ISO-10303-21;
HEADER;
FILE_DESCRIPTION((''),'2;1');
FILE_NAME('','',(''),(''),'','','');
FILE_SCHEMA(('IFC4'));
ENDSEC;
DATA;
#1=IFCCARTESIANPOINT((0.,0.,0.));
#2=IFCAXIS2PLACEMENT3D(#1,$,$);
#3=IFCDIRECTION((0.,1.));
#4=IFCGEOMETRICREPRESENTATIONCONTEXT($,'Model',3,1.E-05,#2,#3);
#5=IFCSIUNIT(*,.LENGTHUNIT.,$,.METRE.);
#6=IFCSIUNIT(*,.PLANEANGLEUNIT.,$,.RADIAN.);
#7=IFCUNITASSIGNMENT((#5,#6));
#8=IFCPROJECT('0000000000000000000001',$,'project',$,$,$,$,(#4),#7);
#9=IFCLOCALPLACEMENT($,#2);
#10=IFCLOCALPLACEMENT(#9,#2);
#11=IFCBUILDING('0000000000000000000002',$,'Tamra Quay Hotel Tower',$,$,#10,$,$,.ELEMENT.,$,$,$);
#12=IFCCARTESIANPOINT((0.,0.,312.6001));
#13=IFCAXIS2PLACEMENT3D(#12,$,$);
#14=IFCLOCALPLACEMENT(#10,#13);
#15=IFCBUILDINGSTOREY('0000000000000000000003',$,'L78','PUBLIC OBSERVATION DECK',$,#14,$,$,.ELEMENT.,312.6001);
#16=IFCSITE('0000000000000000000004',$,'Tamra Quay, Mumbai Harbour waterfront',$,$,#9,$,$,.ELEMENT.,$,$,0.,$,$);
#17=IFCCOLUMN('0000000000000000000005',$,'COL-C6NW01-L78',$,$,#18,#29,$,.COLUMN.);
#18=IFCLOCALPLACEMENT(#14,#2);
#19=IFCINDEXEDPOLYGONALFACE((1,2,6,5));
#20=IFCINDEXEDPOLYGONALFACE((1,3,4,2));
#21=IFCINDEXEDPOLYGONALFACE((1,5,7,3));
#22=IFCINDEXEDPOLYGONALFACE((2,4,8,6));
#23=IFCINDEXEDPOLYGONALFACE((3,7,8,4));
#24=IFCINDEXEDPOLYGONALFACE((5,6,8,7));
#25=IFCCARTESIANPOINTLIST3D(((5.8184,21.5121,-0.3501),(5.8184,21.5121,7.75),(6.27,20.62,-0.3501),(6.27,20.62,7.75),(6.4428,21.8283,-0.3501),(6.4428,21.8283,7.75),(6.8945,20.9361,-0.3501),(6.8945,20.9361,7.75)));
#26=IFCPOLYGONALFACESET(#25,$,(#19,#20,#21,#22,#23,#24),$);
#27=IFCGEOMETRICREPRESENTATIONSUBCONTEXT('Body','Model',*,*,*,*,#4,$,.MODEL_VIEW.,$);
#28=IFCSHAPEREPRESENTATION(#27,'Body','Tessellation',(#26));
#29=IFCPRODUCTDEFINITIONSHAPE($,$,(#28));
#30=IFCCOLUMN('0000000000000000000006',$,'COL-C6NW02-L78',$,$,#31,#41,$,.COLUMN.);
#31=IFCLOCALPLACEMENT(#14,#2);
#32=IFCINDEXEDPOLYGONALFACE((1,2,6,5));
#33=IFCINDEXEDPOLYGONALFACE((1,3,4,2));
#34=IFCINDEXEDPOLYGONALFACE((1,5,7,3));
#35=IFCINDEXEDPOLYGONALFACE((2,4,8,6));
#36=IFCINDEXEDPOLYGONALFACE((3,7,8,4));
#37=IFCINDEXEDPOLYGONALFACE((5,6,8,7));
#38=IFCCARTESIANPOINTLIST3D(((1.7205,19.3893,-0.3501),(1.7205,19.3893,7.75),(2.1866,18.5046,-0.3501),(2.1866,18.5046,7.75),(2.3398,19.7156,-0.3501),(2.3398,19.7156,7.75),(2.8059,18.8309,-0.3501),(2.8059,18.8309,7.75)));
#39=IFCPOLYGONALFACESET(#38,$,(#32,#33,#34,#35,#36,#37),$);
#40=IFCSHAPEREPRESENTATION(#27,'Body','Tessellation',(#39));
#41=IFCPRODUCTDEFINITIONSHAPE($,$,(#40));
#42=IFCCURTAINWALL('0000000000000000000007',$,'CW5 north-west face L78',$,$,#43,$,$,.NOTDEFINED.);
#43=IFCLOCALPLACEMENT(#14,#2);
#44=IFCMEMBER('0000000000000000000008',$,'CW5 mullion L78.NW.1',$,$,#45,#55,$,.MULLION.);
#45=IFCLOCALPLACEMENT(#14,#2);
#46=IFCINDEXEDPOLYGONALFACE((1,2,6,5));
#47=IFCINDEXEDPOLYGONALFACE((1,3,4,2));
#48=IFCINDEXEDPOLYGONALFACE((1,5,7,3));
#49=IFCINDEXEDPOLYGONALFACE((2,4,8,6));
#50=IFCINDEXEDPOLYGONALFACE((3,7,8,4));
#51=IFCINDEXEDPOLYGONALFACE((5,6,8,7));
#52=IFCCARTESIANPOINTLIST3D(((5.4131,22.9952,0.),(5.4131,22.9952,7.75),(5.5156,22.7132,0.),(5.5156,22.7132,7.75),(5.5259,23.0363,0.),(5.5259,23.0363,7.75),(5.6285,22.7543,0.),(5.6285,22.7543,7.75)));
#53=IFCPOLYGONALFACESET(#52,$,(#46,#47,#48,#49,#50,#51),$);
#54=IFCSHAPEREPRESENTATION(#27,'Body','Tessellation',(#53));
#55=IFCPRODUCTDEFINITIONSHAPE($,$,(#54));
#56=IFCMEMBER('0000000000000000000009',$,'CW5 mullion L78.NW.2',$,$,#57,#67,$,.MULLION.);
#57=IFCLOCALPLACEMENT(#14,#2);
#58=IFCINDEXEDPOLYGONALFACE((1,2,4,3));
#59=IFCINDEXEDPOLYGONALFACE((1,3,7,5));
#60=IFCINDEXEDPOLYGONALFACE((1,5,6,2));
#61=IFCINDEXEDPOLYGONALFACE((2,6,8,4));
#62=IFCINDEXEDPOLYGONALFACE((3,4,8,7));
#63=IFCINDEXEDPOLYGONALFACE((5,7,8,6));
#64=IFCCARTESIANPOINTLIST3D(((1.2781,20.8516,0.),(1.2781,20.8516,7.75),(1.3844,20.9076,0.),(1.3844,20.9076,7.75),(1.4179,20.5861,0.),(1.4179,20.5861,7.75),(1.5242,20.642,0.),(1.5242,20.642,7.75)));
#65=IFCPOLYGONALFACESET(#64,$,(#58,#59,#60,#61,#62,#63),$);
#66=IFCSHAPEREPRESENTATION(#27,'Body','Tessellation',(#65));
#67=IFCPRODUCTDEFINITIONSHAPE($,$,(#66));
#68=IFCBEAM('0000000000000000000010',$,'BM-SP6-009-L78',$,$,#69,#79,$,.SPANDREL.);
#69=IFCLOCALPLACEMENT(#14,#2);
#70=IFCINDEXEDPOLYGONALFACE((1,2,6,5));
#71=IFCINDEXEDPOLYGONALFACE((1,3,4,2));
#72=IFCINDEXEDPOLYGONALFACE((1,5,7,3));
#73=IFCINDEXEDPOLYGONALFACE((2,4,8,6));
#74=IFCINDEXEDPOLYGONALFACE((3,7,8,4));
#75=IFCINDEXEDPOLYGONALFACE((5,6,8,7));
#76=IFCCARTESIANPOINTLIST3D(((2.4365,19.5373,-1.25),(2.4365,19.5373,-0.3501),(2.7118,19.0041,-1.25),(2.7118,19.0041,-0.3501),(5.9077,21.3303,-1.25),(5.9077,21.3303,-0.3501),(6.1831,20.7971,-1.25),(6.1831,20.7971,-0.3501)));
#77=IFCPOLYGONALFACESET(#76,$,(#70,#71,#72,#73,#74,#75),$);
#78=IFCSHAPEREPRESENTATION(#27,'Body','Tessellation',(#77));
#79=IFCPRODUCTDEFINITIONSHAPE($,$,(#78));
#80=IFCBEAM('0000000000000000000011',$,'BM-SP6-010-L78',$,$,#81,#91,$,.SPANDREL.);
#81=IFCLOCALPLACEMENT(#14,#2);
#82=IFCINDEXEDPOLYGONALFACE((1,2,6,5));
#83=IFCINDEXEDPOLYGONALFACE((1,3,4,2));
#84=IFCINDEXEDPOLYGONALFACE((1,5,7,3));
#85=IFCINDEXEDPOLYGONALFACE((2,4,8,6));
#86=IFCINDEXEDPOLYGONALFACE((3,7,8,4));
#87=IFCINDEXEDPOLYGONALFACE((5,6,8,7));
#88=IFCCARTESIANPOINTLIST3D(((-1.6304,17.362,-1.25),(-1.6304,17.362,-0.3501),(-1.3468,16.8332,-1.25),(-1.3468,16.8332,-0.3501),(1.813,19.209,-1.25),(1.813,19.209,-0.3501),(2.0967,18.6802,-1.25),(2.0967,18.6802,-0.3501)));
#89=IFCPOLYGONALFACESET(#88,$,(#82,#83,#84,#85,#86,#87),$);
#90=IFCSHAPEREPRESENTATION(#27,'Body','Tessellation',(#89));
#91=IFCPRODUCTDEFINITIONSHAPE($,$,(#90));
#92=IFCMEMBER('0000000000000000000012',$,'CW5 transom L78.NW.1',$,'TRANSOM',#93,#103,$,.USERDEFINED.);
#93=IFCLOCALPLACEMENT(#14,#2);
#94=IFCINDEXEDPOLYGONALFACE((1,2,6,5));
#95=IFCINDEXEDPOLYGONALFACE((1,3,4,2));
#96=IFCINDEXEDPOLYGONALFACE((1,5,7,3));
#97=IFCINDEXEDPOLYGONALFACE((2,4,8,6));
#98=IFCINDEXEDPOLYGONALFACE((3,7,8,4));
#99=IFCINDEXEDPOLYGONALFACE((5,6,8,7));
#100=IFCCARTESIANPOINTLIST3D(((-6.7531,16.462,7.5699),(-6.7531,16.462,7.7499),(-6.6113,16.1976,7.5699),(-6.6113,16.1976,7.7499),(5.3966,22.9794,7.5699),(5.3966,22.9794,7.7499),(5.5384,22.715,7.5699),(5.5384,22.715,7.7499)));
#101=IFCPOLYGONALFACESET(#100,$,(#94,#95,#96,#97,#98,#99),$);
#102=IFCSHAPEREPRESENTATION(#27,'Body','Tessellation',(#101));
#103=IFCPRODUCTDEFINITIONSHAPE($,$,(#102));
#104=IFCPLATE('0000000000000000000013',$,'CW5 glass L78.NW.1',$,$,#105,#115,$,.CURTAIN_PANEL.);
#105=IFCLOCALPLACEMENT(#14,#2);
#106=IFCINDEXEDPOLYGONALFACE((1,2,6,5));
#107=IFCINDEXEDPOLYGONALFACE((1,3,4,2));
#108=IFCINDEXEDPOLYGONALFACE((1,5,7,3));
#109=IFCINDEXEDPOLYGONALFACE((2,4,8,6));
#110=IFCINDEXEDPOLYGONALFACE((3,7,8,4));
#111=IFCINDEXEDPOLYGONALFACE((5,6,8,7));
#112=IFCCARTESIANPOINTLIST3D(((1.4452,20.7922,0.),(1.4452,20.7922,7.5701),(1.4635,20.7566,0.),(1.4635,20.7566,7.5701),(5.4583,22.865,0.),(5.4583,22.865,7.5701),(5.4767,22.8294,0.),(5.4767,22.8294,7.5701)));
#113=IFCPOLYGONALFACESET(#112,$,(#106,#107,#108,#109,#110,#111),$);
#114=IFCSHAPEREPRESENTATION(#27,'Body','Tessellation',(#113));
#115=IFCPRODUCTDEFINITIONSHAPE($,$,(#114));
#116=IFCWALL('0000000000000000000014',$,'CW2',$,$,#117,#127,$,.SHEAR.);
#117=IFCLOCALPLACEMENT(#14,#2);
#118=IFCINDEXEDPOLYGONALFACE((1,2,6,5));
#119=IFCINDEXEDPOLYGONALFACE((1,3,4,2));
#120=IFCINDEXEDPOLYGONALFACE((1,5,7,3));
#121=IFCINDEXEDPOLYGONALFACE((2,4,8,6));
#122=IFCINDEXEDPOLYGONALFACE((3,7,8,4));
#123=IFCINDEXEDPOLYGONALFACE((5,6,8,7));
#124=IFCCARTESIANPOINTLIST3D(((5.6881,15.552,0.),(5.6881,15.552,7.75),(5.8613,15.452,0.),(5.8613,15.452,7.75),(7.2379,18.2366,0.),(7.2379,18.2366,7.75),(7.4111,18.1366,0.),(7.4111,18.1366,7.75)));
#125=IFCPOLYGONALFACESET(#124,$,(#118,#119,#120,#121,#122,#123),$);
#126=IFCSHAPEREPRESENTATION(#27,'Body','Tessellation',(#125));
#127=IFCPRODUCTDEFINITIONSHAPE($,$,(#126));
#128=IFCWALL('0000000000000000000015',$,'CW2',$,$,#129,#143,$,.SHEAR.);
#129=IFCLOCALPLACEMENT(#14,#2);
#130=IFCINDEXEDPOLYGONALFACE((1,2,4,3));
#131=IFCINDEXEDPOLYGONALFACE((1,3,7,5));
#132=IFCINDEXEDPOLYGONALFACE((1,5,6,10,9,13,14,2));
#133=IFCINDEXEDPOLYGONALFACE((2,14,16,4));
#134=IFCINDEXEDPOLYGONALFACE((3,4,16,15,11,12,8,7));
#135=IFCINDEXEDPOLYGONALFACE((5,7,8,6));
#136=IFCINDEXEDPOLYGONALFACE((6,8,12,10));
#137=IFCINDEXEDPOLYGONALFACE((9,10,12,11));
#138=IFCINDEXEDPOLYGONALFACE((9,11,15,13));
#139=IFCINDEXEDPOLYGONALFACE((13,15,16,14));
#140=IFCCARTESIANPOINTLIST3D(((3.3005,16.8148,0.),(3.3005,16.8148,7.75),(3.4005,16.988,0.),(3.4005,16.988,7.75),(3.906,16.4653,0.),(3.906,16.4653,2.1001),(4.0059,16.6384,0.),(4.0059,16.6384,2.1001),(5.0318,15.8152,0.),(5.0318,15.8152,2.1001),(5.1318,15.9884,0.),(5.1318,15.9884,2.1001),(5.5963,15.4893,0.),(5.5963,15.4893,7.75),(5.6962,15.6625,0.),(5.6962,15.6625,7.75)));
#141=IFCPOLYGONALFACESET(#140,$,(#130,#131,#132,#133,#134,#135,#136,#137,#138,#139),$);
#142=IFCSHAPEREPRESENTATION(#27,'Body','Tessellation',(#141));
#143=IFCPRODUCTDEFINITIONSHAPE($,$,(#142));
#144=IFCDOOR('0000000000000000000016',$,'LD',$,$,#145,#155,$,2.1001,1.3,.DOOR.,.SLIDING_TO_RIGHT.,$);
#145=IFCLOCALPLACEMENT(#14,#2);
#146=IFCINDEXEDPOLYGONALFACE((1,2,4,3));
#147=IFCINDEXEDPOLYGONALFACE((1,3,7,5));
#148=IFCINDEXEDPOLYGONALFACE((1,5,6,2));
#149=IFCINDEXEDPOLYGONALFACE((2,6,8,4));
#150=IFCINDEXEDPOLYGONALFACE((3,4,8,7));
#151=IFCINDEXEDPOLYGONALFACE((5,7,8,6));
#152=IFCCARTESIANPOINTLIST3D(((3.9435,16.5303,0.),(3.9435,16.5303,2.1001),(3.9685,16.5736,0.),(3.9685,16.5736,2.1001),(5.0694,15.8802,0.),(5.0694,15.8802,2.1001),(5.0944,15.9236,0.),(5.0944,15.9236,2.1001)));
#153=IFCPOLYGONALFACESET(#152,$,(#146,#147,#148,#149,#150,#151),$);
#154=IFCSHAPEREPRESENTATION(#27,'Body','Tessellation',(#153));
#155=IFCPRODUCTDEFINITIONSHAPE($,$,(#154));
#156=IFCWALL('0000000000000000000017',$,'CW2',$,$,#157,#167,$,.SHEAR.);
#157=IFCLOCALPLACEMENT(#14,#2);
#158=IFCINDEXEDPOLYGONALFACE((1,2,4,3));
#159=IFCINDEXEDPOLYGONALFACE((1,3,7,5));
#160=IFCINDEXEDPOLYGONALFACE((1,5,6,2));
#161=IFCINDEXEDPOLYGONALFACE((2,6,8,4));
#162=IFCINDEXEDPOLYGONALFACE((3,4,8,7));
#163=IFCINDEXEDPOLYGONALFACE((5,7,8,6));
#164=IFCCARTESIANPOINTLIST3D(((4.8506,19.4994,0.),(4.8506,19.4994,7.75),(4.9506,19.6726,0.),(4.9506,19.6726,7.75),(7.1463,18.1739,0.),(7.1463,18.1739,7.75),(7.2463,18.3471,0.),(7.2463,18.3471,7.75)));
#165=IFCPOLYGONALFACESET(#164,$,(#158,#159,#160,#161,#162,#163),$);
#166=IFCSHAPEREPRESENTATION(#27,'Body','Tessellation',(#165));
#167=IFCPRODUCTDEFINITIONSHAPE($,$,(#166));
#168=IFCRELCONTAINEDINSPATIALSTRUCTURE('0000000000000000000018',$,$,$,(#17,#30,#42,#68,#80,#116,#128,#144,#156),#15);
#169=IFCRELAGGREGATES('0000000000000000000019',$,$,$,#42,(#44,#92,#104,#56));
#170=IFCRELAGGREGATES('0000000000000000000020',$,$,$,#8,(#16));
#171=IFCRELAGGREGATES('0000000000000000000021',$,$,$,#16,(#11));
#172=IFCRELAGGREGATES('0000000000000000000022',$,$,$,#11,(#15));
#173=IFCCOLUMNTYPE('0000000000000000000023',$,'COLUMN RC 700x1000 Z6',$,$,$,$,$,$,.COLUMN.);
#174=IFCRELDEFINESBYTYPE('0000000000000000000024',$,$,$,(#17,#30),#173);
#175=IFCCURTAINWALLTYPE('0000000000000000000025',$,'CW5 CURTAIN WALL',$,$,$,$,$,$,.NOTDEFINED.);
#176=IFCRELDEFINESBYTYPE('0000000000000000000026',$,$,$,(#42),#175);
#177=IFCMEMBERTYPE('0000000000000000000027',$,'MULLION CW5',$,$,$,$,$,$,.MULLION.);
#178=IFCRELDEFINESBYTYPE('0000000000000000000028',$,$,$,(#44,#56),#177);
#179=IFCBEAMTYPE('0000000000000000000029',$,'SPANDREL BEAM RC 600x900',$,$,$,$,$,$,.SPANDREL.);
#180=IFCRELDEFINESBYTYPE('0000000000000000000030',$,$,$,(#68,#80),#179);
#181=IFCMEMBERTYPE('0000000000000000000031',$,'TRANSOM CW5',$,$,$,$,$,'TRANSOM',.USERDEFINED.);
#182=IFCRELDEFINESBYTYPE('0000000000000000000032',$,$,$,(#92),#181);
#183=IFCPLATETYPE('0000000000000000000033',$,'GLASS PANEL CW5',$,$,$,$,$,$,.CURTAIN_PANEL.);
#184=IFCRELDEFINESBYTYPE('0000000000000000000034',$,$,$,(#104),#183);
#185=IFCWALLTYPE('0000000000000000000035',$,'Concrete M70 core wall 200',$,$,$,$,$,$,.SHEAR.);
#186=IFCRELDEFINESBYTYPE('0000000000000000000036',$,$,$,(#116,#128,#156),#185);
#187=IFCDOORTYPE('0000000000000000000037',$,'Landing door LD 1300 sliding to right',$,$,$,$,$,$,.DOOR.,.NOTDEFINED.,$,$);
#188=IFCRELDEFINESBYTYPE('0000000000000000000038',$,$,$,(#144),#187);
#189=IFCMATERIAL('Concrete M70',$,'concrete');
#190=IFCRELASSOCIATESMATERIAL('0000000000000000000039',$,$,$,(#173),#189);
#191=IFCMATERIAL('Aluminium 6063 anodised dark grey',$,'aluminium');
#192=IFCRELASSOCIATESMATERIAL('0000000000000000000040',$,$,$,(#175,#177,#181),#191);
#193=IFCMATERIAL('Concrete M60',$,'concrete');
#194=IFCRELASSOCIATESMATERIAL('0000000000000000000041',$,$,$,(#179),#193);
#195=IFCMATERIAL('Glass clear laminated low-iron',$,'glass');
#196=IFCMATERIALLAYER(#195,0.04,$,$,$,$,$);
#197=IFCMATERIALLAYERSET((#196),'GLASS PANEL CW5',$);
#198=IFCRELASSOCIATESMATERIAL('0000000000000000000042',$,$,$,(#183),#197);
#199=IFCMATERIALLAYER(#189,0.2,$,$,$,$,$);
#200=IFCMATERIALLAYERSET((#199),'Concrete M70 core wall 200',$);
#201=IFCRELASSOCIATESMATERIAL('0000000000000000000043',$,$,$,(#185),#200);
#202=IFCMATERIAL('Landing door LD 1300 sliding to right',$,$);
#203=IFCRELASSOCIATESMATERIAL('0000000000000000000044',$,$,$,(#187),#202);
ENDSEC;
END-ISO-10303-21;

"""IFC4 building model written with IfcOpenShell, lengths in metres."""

from ifc_helpers import new_model, si_unit, direction, frame, frame_2d, origin, origin_2d, place, context, subcontext, project, spatial, rectangle, extrude, material, layer, layer_set, material_profile, profile_set, type_object, element, fill, aggregate, save


model = new_model("IFC4")

# Units and contexts
model_context = context("Model", 3, precision=1e-05, world=origin(), true_north=direction((0.0, 1.0)))
body_context = subcontext(model_context, "Body", "Model", "MODEL_VIEW")
ifc_project = project(units=[si_unit("LENGTHUNIT", "METRE"), si_unit("PLANEANGLEUNIT", "RADIAN")], contexts=[model_context])

# Site, building, storey
site_placement = place(None, origin())
site = spatial("IfcSite", under=ifc_project, at=site_placement, Name="Tamra Quay, Mumbai Harbour waterfront", CompositionType="ELEMENT", RefElevation=0.0)
building_placement = place(site_placement, origin())
building = spatial("IfcBuilding", under=site, at=building_placement, Name="Tamra Quay Hotel Tower", CompositionType="ELEMENT")
storey_placement = place(building_placement, frame((0.0, 0.0, 312.6001)))
storey = spatial("IfcBuildingStorey", under=building, at=storey_placement, Name="L78", Description="PUBLIC OBSERVATION DECK", CompositionType="ELEMENT", Elevation=312.6001)

# Columns
ifc_material_1 = material(Name="Concrete M70", Category="concrete")
ifc_material_profile_1 = material_profile(ifc_material_1, rectangle(XDim=1.0, YDim=0.7, at=origin_2d()), Name="COLUMN RC 700x1000 Z6")
ifc_profile_set_1 = profile_set([ifc_material_profile_1], Name="Concrete M70")
column_type = type_object("IfcColumnType", Name="COLUMN RC 700x1000 Z6", PredefinedType="COLUMN", material=ifc_profile_set_1)
for number, where, z_axis, x_axis, name in (
    (1, (6.3564, 21.2241, -0.3501), (0.0, 0.0, 1.0), (-0.451686, 0.892177, 0.0), "COL-C6NW01-L78"),
    (2, (2.2632, 19.1101, -0.3501), (0.0, 0.0, 1.0), (-0.466118, 0.884723, 0.0), "COL-C6NW02-L78"),
):
    element("IfcColumn", number, at=place(storey_placement, frame(where, z_axis=z_axis, x_axis=x_axis)), inside=storey, type_object=column_type, Name=name, PredefinedType="COLUMN", context=body_context, shape_type="SweptSolid", body=[
        extrude(rectangle(XDim=1.0, YDim=0.7, at=origin_2d()), origin(), (0.0, 0.0, 1.0), 8.1001),
    ])

# Curtain wall, members
ifc_material_2 = material(Name="Aluminium 6063 anodised dark grey", Category="aluminium")
curtain_wall_type = type_object("IfcCurtainWallType", Name="CW5 CURTAIN WALL", PredefinedType="NOTDEFINED", material=ifc_material_2)
curtain_wall_placement = place(storey_placement, origin())
curtain_wall = element("IfcCurtainWall", 3, at=curtain_wall_placement, inside=storey, type_object=curtain_wall_type, Name="CW5 north-west face L78", PredefinedType="NOTDEFINED")
ifc_material_profile_2 = material_profile(ifc_material_2, rectangle(XDim=0.3, YDim=0.1201, at=origin_2d()), Name="MULLION 120X300")
ifc_profile_set_2 = profile_set([ifc_material_profile_2], Name="Aluminium 6063 anodised dark grey")
member_type_1 = type_object("IfcMemberType", Name="MULLION CW5", PredefinedType="MULLION", material=ifc_profile_set_2)
member_1_placement = place(storey_placement, frame((5.5208, 22.8748, 0.0), z_axis=(0.0, 0.0, 1.0), x_axis=(-0.341653, 0.939826, 0.0)))
member_1 = element("IfcMember", 4, at=member_1_placement, type_object=member_type_1, Name="CW5 mullion L78.NW.1", PredefinedType="MULLION", context=body_context, shape_type="SweptSolid", body=[
    extrude(rectangle(XDim=0.3, YDim=0.1201, at=origin_2d()), origin(), (0.0, 0.0, 1.0), 7.75),
])
member_2_placement = place(storey_placement, frame((1.4011, 20.7468, 0.0), z_axis=(0.0, 0.0, 1.0), x_axis=(-0.465816, 0.884882, 0.0)))
member_2 = element("IfcMember", 5, at=member_2_placement, type_object=member_type_1, Name="CW5 mullion L78.NW.2", PredefinedType="MULLION", context=body_context, shape_type="SweptSolid", body=[
    extrude(rectangle(XDim=0.3, YDim=0.1201, at=origin_2d()), origin(), (0.0, 0.0, 1.0), 7.75),
])

# Beams
ifc_material_3 = material(Name="Concrete M60", Category="concrete")
ifc_material_profile_3 = material_profile(ifc_material_3, rectangle(XDim=0.6001, YDim=0.8999, at=origin_2d()), Name="SPANDREL BEAM RC 600x900")
ifc_profile_set_3 = profile_set([ifc_material_profile_3], Name="Concrete M60")
beam_type = type_object("IfcBeamType", Name="SPANDREL BEAM RC 600x900", PredefinedType="SPANDREL", material=ifc_profile_set_3)
beam_1_placement = place(storey_placement, frame((6.0454, 21.0637, -0.8), z_axis=(-0.888476, -0.458923, 0.0), x_axis=(0.458923, -0.888476, 0.0)))
element("IfcBeam", 6, at=beam_1_placement, inside=storey, type_object=beam_type, Name="BM-SP6-009-L78", PredefinedType="SPANDREL", context=body_context, shape_type="SweptSolid", body=[
    extrude(rectangle(XDim=0.6001, YDim=0.8999, at=origin_2d()), origin(), (0.0, 0.0, 1.0), 3.907),
])
beam_2_placement = place(storey_placement, frame((1.9548, 18.9446, -0.8), z_axis=(-0.881238, -0.472672, 0.0), x_axis=(0.472672, -0.881238, 0.0)))
element("IfcBeam", 7, at=beam_2_placement, inside=storey, type_object=beam_type, Name="BM-SP6-010-L78", PredefinedType="SPANDREL", context=body_context, shape_type="SweptSolid", body=[
    extrude(rectangle(XDim=0.6001, YDim=0.8999, at=origin_2d()), origin(), (0.0, 0.0, 1.0), 3.9075),
])

# Member
ifc_material_profile_4 = material_profile(ifc_material_2, rectangle(XDim=0.3, YDim=0.1799, at=origin_2d()), Name="TRANSOM 300X180")
ifc_profile_set_4 = profile_set([ifc_material_profile_4], Name="Aluminium 6063 anodised dark grey")
member_type_2 = type_object("IfcMemberType", Name="TRANSOM CW5", ElementType="TRANSOM", PredefinedType="USERDEFINED", material=ifc_profile_set_4)
member_3_placement = place(storey_placement, frame((5.4675, 22.8472, 7.6599), z_axis=(-0.881221, -0.472705, 0.0), x_axis=(0.472705, -0.881221, 0.0)))
member_3 = element("IfcMember", 8, at=member_3_placement, type_object=member_type_2, Name="CW5 transom L78.NW.1", ObjectType="TRANSOM", PredefinedType="USERDEFINED", context=body_context, shape_type="SweptSolid", body=[
    extrude(rectangle(XDim=0.3, YDim=0.1799, at=origin_2d()), origin(), (0.0, 0.0, 1.0), 13.7874),
])

# Plate
ifc_material_4 = material(Name="Glass clear laminated low-iron", Category="glass")
ifc_layer_1 = layer(ifc_material_4, 0.04)
ifc_layer_set_1 = layer_set([ifc_layer_1], Name="GLASS PANEL CW5")
plate_type = type_object("IfcPlateType", Name="GLASS PANEL CW5", PredefinedType="CURTAIN_PANEL", material=ifc_layer_set_1)
plate_placement = place(storey_placement, frame((3.4609, 21.8108, 0.0), z_axis=(0.0, 0.0, 1.0), x_axis=(-0.888486, -0.458903, 0.0)))
plate = element("IfcPlate", 9, at=plate_placement, type_object=plate_type, Name="CW5 glass L78.NW.1", PredefinedType="CURTAIN_PANEL", context=body_context, shape_type="SweptSolid", body=[
    extrude(rectangle(XDim=4.5168, YDim=0.04, at=origin_2d()), origin(), (0.0, 0.0, 1.0), 7.5701),
])
aggregate(curtain_wall, [member_1, member_3, plate, member_2])

# Wall
ifc_layer_2 = layer(ifc_material_1, 0.2)
ifc_layer_set_2 = layer_set([ifc_layer_2], Name="Concrete M70 core wall 200")
wall_type_1 = type_object("IfcWallType", Name="Concrete M70 core wall 200", PredefinedType="SHEAR", material=ifc_layer_set_2)
wall_1_placement = place(storey_placement, frame((7.3245, 18.1865, 0.0), z_axis=(0.0, 0.0, 1.0), x_axis=(-0.499968, -0.866044, 0.0)))
element("IfcWall", 10, at=wall_1_placement, inside=storey, type_object=wall_type_1, Name="CW2", PredefinedType="SHEAR", context=body_context, shape_type="SweptSolid", body=[
    extrude(rectangle(XDim=3.0999, YDim=0.2, at=frame_2d((1.5498, 0.0))), origin(), (0.0, 0.0, 1.0), 7.75),
])

# Wall, opening, door
wall_2_placement = place(storey_placement, frame((5.6462, 15.5759, 0.0), z_axis=(0.0, 0.0, 1.0), x_axis=(-0.866018, 0.500012, 0.0)))
wall_2 = element("IfcWall", 11, at=wall_2_placement, inside=storey, type_object=wall_type_1, Name="CW2", PredefinedType="SHEAR", context=body_context, shape_type="SweptSolid", body=[
    extrude(rectangle(XDim=2.6509, YDim=0.2, at=frame_2d((1.3254, 0.0))), origin(), (0.0, 0.0, 1.0), 7.75),
])
opening_1_placement = place(wall_2_placement, frame((0.6519, 0.0, 0.0)))
opening_1 = element("IfcOpeningElement", 12, at=opening_1_placement, cuts=wall_2, PredefinedType="OPENING", context=body_context, shape_type="SweptSolid", body=[
    extrude(rectangle(XDim=1.3, YDim=2.1001, at=frame_2d((0.6499, 1.05))), frame((0.0, 0.1099, 0.0), z_axis=(0.0, -1.0, 0.0), x_axis=(1.0, 0.0, 0.0)), (0.0, 0.0, 1.0), 0.22),
])
ifc_material_5 = material(Name="Landing door LD 1300 sliding to right")
door_type_1 = type_object("IfcDoorType", Name="Landing door LD 1300 sliding to right", OperationType="NOTDEFINED", PredefinedType="DOOR", material=ifc_material_5)
door_1_placement = place(opening_1_placement, origin())
door_1 = element("IfcDoor", 13, at=door_1_placement, inside=storey, type_object=door_type_1, Name="LD", OperationType="SLIDING_TO_RIGHT", OverallHeight=2.1001, OverallWidth=1.3, PredefinedType="DOOR", context=body_context, shape_type="SweptSolid", body=[
    extrude(rectangle(XDim=1.3, YDim=2.1001, at=frame_2d((0.6499, 1.05))), frame((0.0, 0.0249, 0.0), z_axis=(0.0, -1.0, 0.0), x_axis=(1.0, 0.0, 0.0)), (0.0, 0.0, 1.0), 0.05),
])
fill(opening_1, door_1)

# Wall
wall_3_placement = place(storey_placement, frame((7.1963, 18.2605, 0.0), z_axis=(0.0, 0.0, 1.0), x_axis=(-0.866018, 0.500012, 0.0)))
element("IfcWall", 14, at=wall_3_placement, inside=storey, type_object=wall_type_1, Name="CW2", PredefinedType="SHEAR", context=body_context, shape_type="SweptSolid", body=[
    extrude(rectangle(XDim=2.6509, YDim=0.2, at=frame_2d((1.3254, 0.0))), origin(), (0.0, 0.0, 1.0), 7.75),
])

save(model, "model.ifc")
